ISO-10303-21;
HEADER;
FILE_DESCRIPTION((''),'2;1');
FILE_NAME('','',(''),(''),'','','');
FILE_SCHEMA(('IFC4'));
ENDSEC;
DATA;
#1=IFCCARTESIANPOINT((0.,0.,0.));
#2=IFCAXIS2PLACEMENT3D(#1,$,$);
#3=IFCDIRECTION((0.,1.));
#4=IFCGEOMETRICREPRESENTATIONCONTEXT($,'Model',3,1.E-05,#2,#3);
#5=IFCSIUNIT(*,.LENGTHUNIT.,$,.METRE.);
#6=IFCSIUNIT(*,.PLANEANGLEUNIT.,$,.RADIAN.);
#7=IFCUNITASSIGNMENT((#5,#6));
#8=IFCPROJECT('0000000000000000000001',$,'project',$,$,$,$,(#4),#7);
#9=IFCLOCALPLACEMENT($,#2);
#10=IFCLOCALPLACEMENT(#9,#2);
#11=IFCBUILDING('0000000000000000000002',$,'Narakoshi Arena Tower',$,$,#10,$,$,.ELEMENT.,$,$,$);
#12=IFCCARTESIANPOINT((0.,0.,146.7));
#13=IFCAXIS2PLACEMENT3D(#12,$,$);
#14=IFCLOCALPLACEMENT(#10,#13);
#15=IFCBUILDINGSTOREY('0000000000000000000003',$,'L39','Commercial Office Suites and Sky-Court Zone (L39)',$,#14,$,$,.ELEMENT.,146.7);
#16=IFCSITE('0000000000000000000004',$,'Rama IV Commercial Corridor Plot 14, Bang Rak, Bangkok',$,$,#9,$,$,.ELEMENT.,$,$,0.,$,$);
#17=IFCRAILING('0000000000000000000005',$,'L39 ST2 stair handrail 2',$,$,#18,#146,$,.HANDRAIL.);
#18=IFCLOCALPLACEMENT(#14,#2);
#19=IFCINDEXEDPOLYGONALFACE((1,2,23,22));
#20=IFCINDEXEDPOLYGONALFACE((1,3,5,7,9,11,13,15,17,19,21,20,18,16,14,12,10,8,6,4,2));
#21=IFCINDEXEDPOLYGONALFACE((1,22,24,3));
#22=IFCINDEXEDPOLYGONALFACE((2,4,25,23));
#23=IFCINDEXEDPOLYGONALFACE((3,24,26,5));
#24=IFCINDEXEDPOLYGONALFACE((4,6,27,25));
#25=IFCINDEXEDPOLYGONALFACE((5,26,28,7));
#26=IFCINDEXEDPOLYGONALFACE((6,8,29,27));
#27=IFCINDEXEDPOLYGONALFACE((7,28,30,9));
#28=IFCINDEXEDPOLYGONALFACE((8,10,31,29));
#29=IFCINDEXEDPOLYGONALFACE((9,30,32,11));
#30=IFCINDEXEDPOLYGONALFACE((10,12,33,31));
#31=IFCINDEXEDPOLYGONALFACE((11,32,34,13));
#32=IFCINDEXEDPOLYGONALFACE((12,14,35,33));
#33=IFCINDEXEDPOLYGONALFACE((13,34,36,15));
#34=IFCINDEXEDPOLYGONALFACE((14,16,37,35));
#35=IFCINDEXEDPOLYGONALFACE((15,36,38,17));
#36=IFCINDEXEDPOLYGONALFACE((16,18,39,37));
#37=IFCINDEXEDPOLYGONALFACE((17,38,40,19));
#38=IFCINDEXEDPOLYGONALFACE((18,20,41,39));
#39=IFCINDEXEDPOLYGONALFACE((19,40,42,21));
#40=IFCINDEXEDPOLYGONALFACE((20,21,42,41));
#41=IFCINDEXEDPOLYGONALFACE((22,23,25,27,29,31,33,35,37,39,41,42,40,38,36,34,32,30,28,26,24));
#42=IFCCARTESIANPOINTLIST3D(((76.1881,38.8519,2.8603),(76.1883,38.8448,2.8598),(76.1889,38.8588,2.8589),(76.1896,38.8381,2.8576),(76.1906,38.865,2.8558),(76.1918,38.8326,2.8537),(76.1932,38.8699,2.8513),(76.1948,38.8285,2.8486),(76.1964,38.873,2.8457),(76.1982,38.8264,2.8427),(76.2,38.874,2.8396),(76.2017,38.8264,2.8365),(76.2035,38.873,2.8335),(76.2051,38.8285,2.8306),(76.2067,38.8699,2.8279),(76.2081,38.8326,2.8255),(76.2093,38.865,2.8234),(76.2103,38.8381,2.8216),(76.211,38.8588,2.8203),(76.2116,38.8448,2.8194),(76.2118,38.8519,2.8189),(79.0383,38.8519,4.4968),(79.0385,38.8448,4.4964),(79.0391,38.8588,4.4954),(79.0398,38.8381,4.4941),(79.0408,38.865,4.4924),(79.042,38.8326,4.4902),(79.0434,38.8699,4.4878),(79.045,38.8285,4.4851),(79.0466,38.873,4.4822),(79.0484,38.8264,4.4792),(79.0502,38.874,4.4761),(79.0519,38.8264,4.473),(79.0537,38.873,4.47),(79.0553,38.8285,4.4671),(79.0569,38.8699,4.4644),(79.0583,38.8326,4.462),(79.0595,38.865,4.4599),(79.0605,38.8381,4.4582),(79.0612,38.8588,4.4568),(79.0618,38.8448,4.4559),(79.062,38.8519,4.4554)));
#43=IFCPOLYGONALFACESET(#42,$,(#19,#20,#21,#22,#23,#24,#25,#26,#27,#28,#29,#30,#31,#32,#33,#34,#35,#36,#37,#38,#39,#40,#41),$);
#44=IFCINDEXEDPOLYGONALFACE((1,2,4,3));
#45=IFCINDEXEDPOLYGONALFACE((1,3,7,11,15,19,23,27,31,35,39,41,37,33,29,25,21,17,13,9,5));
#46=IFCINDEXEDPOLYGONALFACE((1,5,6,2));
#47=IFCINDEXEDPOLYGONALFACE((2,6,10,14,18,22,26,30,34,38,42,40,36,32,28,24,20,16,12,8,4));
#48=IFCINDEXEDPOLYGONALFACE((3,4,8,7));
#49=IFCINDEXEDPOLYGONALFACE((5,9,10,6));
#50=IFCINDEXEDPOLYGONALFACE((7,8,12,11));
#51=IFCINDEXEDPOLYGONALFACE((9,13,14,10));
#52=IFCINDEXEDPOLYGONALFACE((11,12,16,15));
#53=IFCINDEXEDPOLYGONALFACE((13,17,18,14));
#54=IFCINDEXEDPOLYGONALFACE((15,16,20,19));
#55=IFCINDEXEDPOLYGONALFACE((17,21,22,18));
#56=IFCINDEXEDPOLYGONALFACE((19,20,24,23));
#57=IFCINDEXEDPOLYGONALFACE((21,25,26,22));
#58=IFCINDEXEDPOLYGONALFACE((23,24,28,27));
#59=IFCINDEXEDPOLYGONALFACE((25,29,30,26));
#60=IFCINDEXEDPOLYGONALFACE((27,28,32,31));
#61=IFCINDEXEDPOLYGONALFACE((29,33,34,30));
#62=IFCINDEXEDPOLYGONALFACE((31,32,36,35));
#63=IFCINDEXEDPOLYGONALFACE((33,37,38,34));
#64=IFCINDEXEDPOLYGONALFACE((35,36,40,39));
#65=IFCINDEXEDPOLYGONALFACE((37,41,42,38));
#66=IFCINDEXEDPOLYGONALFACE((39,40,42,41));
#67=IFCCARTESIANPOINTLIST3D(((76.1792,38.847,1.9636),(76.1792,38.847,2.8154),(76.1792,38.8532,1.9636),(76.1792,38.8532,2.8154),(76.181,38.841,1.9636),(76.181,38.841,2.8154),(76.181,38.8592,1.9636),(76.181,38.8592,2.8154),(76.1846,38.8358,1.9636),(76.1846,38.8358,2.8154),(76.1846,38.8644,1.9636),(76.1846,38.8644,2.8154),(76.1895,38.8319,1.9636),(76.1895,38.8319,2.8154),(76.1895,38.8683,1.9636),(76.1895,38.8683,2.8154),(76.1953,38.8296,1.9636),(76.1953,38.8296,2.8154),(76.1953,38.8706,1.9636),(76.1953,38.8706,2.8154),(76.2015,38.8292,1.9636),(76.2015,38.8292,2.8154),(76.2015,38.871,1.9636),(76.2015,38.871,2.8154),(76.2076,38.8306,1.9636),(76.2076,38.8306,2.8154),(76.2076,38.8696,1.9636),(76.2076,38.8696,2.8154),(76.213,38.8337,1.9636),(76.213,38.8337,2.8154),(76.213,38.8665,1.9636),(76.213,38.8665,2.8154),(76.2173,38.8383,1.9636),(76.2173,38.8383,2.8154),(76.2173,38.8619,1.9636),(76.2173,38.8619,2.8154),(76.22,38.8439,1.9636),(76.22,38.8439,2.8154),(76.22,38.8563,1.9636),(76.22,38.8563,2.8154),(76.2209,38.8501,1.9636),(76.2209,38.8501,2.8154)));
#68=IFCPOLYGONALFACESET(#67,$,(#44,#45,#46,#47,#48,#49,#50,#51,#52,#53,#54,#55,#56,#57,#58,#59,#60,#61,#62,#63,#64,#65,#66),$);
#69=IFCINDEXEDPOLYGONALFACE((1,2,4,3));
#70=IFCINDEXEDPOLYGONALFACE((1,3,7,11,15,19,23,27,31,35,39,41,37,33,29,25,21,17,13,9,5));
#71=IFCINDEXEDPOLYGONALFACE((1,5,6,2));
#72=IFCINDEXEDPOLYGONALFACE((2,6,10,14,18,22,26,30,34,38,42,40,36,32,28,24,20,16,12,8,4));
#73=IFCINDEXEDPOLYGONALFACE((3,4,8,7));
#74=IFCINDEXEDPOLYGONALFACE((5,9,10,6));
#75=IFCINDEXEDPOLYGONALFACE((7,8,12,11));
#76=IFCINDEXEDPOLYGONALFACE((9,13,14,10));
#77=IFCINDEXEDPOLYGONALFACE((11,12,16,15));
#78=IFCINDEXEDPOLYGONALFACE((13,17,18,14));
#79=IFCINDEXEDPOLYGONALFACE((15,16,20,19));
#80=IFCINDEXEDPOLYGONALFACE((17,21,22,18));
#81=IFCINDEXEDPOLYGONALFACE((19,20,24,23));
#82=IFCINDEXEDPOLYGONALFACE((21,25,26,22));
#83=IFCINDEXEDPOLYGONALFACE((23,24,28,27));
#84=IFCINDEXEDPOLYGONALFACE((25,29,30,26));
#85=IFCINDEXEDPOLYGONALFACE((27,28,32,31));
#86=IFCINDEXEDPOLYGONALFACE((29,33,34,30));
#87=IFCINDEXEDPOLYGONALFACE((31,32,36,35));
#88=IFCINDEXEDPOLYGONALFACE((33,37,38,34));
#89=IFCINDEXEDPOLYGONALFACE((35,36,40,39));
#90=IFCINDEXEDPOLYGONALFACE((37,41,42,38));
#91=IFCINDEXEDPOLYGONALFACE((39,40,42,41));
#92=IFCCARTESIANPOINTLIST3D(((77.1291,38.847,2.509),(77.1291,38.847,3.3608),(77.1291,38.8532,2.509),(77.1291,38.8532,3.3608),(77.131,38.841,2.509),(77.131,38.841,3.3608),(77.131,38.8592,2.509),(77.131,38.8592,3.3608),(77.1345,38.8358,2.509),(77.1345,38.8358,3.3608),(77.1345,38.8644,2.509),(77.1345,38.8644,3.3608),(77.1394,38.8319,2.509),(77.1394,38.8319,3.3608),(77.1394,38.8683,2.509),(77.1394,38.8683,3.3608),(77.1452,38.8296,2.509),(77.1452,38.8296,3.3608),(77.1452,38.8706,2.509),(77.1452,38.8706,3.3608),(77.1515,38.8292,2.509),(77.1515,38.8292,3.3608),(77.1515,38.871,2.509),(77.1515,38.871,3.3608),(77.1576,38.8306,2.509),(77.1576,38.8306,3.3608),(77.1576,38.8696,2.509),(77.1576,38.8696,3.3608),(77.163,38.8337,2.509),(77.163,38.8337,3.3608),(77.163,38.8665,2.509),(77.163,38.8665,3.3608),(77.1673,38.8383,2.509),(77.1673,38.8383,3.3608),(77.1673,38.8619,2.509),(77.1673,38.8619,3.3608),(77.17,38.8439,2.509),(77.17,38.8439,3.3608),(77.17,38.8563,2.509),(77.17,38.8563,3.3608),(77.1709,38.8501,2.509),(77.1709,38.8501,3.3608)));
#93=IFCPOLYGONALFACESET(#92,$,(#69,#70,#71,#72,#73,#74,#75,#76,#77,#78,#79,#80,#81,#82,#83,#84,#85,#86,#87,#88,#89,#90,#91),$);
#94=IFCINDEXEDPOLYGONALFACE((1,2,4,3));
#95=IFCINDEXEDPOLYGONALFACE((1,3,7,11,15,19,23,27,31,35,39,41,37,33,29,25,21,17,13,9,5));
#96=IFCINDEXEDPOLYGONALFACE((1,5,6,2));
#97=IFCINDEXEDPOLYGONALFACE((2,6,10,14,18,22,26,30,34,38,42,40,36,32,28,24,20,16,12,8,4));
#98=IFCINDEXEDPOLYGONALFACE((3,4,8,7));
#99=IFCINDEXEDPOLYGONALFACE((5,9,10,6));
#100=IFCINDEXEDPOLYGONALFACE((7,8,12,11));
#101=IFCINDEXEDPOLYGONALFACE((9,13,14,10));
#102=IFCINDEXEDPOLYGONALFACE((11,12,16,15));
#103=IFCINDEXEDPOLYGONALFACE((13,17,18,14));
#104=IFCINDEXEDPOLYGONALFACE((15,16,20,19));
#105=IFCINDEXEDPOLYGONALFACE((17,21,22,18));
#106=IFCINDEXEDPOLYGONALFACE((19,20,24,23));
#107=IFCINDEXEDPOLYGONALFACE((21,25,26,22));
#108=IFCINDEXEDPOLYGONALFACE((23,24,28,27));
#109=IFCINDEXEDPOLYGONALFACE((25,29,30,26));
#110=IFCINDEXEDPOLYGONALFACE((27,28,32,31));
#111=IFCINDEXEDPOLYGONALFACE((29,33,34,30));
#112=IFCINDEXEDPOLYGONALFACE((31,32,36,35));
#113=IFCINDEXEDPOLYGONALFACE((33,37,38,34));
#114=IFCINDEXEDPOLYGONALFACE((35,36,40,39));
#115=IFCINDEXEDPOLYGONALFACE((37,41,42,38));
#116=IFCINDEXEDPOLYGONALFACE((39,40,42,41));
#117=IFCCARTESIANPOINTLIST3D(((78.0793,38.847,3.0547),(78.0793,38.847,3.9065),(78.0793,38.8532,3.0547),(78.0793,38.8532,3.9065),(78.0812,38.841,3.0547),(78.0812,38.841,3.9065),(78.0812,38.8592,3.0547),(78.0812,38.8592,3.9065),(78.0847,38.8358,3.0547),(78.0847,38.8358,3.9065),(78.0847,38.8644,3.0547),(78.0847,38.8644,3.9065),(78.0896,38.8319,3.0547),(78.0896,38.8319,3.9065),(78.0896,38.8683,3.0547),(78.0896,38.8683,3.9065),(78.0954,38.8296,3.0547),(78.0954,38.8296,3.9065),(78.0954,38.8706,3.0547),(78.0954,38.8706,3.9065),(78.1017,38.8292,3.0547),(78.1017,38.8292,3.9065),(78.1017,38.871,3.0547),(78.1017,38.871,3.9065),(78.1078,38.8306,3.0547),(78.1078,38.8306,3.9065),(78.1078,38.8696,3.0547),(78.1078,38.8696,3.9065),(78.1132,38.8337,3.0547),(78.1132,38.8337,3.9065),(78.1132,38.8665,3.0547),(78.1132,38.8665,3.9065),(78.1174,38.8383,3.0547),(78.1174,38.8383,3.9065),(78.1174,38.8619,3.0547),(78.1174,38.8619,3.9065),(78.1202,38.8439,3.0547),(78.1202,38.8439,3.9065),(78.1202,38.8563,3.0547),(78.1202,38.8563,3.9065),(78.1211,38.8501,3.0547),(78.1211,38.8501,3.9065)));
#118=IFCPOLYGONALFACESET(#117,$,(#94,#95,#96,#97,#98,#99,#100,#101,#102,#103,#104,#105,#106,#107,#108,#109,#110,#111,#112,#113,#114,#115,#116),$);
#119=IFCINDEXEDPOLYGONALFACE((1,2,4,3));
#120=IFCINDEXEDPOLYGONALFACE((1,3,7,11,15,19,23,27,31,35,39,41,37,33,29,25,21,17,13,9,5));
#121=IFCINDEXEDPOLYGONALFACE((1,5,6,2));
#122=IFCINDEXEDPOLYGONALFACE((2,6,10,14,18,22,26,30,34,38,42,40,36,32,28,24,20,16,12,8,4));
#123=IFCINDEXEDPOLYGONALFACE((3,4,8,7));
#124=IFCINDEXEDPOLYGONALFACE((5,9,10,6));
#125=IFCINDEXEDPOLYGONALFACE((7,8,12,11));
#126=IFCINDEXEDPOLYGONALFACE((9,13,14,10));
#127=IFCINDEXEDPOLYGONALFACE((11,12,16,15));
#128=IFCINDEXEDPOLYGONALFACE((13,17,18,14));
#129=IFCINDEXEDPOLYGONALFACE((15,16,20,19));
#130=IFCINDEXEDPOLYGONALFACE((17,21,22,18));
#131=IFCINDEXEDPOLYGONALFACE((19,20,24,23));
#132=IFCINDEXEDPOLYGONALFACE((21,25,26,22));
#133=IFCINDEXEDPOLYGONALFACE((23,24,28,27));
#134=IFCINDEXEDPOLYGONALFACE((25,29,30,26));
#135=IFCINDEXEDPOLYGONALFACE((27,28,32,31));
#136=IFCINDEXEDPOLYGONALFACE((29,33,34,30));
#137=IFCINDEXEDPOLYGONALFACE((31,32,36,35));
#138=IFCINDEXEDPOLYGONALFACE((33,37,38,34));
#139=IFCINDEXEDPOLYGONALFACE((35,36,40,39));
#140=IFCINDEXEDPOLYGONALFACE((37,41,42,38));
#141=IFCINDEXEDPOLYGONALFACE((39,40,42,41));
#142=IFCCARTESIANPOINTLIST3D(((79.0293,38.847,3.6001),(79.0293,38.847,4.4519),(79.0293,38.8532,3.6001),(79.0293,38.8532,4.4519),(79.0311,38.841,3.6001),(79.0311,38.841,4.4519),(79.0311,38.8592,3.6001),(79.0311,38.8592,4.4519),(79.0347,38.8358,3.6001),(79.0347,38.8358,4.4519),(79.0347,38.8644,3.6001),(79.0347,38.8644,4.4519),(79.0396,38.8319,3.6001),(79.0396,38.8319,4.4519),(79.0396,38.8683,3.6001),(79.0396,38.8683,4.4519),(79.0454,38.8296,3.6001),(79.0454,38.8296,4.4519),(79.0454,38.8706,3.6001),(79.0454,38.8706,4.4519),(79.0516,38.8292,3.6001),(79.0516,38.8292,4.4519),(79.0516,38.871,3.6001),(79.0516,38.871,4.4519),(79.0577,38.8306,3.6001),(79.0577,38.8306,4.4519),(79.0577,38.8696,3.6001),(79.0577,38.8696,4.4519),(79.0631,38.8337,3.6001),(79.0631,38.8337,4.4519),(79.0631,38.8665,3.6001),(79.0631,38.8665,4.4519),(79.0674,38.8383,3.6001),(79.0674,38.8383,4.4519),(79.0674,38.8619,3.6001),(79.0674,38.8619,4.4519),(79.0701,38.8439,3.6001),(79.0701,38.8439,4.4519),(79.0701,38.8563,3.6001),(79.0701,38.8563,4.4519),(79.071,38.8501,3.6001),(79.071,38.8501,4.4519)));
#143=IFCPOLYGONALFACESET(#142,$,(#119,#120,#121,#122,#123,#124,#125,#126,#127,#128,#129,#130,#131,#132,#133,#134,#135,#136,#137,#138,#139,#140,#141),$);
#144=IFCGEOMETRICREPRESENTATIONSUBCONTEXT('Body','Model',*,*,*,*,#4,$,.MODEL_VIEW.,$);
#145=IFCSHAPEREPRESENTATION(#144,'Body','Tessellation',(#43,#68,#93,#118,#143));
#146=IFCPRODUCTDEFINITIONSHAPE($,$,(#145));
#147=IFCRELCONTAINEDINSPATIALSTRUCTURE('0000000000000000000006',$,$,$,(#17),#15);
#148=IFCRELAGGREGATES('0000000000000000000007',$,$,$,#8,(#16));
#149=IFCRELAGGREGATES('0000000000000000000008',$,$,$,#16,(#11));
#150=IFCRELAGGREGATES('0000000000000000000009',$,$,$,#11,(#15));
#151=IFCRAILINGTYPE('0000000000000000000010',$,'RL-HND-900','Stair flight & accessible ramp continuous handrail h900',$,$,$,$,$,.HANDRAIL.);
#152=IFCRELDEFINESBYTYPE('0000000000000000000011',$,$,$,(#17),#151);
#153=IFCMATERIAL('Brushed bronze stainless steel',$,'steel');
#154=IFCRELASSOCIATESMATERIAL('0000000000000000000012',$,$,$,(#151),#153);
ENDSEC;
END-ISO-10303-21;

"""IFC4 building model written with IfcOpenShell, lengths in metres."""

from ifc_helpers import new_model, si_unit, direction, frame, origin, origin_2d, place, context, subcontext, project, spatial, circle, extrude, material, type_object, element, save


model = new_model("IFC4")

# Units and contexts
model_context = context("Model", 3, precision=1e-05, world=origin(), true_north=direction((0.0, 1.0)))
body_context = subcontext(model_context, "Body", "Model", "MODEL_VIEW")
ifc_project = project(units=[si_unit("LENGTHUNIT", "METRE"), si_unit("PLANEANGLEUNIT", "RADIAN")], contexts=[model_context])

# Site, building, storey
site_placement = place(None, origin())
site = spatial("IfcSite", under=ifc_project, at=site_placement, Name="Rama IV Commercial Corridor Plot 14, Bang Rak, Bangkok", CompositionType="ELEMENT", RefElevation=0.0)
building_placement = place(site_placement, origin())
building = spatial("IfcBuilding", under=site, at=building_placement, Name="Narakoshi Arena Tower", CompositionType="ELEMENT")
storey_placement = place(building_placement, frame((0.0, 0.0, 146.7)))
storey = spatial("IfcBuildingStorey", under=building, at=storey_placement, Name="L39", Description="Commercial Office Suites and Sky-Court Zone (L39)", CompositionType="ELEMENT", Elevation=146.7)

# Railing
ifc_material_1 = material(Name="Brushed bronze stainless steel", Category="steel")
railing_type_1 = type_object("IfcRailingType", Name="RL-HND-900", Description="Stair flight & accessible ramp continuous handrail h900", PredefinedType="HANDRAIL", material=ifc_material_1)
for number, where, name in (
    (1, (76.2, 38.8501, 1.9636), "L39 ST2 stair handrail 2"),
):
    element("IfcRailing", number, at=place(storey_placement, frame(where)), inside=storey, type_object=railing_type_1, Name=name, PredefinedType="HANDRAIL", context=body_context, shape_type="SweptSolid", body=[
        extrude(circle(Radius=0.0239, at=origin_2d()), frame((0.0, 0.0, 0.876), z_axis=(0.867213, 0.0, 0.497938), x_axis=(0.0, 1.0, 0.0)), (0.0, 0.0, 1.0), 3.2866),
        extrude(circle(Radius=0.021, at=origin_2d()), origin(), (0.0, 0.0, 1.0), 0.8518),
        extrude(circle(Radius=0.021, at=origin_2d()), frame((0.95, 0.0, 0.5454)), (0.0, 0.0, 1.0), 0.8518),
        extrude(circle(Radius=0.021, at=origin_2d()), frame((1.9001, 0.0, 1.0911)), (0.0, 0.0, 1.0), 0.8518),
        extrude(circle(Radius=0.021, at=origin_2d()), frame((2.8501, 0.0, 1.6365)), (0.0, 0.0, 1.0), 0.8518),
    ])

save(model, "model.ifc")
